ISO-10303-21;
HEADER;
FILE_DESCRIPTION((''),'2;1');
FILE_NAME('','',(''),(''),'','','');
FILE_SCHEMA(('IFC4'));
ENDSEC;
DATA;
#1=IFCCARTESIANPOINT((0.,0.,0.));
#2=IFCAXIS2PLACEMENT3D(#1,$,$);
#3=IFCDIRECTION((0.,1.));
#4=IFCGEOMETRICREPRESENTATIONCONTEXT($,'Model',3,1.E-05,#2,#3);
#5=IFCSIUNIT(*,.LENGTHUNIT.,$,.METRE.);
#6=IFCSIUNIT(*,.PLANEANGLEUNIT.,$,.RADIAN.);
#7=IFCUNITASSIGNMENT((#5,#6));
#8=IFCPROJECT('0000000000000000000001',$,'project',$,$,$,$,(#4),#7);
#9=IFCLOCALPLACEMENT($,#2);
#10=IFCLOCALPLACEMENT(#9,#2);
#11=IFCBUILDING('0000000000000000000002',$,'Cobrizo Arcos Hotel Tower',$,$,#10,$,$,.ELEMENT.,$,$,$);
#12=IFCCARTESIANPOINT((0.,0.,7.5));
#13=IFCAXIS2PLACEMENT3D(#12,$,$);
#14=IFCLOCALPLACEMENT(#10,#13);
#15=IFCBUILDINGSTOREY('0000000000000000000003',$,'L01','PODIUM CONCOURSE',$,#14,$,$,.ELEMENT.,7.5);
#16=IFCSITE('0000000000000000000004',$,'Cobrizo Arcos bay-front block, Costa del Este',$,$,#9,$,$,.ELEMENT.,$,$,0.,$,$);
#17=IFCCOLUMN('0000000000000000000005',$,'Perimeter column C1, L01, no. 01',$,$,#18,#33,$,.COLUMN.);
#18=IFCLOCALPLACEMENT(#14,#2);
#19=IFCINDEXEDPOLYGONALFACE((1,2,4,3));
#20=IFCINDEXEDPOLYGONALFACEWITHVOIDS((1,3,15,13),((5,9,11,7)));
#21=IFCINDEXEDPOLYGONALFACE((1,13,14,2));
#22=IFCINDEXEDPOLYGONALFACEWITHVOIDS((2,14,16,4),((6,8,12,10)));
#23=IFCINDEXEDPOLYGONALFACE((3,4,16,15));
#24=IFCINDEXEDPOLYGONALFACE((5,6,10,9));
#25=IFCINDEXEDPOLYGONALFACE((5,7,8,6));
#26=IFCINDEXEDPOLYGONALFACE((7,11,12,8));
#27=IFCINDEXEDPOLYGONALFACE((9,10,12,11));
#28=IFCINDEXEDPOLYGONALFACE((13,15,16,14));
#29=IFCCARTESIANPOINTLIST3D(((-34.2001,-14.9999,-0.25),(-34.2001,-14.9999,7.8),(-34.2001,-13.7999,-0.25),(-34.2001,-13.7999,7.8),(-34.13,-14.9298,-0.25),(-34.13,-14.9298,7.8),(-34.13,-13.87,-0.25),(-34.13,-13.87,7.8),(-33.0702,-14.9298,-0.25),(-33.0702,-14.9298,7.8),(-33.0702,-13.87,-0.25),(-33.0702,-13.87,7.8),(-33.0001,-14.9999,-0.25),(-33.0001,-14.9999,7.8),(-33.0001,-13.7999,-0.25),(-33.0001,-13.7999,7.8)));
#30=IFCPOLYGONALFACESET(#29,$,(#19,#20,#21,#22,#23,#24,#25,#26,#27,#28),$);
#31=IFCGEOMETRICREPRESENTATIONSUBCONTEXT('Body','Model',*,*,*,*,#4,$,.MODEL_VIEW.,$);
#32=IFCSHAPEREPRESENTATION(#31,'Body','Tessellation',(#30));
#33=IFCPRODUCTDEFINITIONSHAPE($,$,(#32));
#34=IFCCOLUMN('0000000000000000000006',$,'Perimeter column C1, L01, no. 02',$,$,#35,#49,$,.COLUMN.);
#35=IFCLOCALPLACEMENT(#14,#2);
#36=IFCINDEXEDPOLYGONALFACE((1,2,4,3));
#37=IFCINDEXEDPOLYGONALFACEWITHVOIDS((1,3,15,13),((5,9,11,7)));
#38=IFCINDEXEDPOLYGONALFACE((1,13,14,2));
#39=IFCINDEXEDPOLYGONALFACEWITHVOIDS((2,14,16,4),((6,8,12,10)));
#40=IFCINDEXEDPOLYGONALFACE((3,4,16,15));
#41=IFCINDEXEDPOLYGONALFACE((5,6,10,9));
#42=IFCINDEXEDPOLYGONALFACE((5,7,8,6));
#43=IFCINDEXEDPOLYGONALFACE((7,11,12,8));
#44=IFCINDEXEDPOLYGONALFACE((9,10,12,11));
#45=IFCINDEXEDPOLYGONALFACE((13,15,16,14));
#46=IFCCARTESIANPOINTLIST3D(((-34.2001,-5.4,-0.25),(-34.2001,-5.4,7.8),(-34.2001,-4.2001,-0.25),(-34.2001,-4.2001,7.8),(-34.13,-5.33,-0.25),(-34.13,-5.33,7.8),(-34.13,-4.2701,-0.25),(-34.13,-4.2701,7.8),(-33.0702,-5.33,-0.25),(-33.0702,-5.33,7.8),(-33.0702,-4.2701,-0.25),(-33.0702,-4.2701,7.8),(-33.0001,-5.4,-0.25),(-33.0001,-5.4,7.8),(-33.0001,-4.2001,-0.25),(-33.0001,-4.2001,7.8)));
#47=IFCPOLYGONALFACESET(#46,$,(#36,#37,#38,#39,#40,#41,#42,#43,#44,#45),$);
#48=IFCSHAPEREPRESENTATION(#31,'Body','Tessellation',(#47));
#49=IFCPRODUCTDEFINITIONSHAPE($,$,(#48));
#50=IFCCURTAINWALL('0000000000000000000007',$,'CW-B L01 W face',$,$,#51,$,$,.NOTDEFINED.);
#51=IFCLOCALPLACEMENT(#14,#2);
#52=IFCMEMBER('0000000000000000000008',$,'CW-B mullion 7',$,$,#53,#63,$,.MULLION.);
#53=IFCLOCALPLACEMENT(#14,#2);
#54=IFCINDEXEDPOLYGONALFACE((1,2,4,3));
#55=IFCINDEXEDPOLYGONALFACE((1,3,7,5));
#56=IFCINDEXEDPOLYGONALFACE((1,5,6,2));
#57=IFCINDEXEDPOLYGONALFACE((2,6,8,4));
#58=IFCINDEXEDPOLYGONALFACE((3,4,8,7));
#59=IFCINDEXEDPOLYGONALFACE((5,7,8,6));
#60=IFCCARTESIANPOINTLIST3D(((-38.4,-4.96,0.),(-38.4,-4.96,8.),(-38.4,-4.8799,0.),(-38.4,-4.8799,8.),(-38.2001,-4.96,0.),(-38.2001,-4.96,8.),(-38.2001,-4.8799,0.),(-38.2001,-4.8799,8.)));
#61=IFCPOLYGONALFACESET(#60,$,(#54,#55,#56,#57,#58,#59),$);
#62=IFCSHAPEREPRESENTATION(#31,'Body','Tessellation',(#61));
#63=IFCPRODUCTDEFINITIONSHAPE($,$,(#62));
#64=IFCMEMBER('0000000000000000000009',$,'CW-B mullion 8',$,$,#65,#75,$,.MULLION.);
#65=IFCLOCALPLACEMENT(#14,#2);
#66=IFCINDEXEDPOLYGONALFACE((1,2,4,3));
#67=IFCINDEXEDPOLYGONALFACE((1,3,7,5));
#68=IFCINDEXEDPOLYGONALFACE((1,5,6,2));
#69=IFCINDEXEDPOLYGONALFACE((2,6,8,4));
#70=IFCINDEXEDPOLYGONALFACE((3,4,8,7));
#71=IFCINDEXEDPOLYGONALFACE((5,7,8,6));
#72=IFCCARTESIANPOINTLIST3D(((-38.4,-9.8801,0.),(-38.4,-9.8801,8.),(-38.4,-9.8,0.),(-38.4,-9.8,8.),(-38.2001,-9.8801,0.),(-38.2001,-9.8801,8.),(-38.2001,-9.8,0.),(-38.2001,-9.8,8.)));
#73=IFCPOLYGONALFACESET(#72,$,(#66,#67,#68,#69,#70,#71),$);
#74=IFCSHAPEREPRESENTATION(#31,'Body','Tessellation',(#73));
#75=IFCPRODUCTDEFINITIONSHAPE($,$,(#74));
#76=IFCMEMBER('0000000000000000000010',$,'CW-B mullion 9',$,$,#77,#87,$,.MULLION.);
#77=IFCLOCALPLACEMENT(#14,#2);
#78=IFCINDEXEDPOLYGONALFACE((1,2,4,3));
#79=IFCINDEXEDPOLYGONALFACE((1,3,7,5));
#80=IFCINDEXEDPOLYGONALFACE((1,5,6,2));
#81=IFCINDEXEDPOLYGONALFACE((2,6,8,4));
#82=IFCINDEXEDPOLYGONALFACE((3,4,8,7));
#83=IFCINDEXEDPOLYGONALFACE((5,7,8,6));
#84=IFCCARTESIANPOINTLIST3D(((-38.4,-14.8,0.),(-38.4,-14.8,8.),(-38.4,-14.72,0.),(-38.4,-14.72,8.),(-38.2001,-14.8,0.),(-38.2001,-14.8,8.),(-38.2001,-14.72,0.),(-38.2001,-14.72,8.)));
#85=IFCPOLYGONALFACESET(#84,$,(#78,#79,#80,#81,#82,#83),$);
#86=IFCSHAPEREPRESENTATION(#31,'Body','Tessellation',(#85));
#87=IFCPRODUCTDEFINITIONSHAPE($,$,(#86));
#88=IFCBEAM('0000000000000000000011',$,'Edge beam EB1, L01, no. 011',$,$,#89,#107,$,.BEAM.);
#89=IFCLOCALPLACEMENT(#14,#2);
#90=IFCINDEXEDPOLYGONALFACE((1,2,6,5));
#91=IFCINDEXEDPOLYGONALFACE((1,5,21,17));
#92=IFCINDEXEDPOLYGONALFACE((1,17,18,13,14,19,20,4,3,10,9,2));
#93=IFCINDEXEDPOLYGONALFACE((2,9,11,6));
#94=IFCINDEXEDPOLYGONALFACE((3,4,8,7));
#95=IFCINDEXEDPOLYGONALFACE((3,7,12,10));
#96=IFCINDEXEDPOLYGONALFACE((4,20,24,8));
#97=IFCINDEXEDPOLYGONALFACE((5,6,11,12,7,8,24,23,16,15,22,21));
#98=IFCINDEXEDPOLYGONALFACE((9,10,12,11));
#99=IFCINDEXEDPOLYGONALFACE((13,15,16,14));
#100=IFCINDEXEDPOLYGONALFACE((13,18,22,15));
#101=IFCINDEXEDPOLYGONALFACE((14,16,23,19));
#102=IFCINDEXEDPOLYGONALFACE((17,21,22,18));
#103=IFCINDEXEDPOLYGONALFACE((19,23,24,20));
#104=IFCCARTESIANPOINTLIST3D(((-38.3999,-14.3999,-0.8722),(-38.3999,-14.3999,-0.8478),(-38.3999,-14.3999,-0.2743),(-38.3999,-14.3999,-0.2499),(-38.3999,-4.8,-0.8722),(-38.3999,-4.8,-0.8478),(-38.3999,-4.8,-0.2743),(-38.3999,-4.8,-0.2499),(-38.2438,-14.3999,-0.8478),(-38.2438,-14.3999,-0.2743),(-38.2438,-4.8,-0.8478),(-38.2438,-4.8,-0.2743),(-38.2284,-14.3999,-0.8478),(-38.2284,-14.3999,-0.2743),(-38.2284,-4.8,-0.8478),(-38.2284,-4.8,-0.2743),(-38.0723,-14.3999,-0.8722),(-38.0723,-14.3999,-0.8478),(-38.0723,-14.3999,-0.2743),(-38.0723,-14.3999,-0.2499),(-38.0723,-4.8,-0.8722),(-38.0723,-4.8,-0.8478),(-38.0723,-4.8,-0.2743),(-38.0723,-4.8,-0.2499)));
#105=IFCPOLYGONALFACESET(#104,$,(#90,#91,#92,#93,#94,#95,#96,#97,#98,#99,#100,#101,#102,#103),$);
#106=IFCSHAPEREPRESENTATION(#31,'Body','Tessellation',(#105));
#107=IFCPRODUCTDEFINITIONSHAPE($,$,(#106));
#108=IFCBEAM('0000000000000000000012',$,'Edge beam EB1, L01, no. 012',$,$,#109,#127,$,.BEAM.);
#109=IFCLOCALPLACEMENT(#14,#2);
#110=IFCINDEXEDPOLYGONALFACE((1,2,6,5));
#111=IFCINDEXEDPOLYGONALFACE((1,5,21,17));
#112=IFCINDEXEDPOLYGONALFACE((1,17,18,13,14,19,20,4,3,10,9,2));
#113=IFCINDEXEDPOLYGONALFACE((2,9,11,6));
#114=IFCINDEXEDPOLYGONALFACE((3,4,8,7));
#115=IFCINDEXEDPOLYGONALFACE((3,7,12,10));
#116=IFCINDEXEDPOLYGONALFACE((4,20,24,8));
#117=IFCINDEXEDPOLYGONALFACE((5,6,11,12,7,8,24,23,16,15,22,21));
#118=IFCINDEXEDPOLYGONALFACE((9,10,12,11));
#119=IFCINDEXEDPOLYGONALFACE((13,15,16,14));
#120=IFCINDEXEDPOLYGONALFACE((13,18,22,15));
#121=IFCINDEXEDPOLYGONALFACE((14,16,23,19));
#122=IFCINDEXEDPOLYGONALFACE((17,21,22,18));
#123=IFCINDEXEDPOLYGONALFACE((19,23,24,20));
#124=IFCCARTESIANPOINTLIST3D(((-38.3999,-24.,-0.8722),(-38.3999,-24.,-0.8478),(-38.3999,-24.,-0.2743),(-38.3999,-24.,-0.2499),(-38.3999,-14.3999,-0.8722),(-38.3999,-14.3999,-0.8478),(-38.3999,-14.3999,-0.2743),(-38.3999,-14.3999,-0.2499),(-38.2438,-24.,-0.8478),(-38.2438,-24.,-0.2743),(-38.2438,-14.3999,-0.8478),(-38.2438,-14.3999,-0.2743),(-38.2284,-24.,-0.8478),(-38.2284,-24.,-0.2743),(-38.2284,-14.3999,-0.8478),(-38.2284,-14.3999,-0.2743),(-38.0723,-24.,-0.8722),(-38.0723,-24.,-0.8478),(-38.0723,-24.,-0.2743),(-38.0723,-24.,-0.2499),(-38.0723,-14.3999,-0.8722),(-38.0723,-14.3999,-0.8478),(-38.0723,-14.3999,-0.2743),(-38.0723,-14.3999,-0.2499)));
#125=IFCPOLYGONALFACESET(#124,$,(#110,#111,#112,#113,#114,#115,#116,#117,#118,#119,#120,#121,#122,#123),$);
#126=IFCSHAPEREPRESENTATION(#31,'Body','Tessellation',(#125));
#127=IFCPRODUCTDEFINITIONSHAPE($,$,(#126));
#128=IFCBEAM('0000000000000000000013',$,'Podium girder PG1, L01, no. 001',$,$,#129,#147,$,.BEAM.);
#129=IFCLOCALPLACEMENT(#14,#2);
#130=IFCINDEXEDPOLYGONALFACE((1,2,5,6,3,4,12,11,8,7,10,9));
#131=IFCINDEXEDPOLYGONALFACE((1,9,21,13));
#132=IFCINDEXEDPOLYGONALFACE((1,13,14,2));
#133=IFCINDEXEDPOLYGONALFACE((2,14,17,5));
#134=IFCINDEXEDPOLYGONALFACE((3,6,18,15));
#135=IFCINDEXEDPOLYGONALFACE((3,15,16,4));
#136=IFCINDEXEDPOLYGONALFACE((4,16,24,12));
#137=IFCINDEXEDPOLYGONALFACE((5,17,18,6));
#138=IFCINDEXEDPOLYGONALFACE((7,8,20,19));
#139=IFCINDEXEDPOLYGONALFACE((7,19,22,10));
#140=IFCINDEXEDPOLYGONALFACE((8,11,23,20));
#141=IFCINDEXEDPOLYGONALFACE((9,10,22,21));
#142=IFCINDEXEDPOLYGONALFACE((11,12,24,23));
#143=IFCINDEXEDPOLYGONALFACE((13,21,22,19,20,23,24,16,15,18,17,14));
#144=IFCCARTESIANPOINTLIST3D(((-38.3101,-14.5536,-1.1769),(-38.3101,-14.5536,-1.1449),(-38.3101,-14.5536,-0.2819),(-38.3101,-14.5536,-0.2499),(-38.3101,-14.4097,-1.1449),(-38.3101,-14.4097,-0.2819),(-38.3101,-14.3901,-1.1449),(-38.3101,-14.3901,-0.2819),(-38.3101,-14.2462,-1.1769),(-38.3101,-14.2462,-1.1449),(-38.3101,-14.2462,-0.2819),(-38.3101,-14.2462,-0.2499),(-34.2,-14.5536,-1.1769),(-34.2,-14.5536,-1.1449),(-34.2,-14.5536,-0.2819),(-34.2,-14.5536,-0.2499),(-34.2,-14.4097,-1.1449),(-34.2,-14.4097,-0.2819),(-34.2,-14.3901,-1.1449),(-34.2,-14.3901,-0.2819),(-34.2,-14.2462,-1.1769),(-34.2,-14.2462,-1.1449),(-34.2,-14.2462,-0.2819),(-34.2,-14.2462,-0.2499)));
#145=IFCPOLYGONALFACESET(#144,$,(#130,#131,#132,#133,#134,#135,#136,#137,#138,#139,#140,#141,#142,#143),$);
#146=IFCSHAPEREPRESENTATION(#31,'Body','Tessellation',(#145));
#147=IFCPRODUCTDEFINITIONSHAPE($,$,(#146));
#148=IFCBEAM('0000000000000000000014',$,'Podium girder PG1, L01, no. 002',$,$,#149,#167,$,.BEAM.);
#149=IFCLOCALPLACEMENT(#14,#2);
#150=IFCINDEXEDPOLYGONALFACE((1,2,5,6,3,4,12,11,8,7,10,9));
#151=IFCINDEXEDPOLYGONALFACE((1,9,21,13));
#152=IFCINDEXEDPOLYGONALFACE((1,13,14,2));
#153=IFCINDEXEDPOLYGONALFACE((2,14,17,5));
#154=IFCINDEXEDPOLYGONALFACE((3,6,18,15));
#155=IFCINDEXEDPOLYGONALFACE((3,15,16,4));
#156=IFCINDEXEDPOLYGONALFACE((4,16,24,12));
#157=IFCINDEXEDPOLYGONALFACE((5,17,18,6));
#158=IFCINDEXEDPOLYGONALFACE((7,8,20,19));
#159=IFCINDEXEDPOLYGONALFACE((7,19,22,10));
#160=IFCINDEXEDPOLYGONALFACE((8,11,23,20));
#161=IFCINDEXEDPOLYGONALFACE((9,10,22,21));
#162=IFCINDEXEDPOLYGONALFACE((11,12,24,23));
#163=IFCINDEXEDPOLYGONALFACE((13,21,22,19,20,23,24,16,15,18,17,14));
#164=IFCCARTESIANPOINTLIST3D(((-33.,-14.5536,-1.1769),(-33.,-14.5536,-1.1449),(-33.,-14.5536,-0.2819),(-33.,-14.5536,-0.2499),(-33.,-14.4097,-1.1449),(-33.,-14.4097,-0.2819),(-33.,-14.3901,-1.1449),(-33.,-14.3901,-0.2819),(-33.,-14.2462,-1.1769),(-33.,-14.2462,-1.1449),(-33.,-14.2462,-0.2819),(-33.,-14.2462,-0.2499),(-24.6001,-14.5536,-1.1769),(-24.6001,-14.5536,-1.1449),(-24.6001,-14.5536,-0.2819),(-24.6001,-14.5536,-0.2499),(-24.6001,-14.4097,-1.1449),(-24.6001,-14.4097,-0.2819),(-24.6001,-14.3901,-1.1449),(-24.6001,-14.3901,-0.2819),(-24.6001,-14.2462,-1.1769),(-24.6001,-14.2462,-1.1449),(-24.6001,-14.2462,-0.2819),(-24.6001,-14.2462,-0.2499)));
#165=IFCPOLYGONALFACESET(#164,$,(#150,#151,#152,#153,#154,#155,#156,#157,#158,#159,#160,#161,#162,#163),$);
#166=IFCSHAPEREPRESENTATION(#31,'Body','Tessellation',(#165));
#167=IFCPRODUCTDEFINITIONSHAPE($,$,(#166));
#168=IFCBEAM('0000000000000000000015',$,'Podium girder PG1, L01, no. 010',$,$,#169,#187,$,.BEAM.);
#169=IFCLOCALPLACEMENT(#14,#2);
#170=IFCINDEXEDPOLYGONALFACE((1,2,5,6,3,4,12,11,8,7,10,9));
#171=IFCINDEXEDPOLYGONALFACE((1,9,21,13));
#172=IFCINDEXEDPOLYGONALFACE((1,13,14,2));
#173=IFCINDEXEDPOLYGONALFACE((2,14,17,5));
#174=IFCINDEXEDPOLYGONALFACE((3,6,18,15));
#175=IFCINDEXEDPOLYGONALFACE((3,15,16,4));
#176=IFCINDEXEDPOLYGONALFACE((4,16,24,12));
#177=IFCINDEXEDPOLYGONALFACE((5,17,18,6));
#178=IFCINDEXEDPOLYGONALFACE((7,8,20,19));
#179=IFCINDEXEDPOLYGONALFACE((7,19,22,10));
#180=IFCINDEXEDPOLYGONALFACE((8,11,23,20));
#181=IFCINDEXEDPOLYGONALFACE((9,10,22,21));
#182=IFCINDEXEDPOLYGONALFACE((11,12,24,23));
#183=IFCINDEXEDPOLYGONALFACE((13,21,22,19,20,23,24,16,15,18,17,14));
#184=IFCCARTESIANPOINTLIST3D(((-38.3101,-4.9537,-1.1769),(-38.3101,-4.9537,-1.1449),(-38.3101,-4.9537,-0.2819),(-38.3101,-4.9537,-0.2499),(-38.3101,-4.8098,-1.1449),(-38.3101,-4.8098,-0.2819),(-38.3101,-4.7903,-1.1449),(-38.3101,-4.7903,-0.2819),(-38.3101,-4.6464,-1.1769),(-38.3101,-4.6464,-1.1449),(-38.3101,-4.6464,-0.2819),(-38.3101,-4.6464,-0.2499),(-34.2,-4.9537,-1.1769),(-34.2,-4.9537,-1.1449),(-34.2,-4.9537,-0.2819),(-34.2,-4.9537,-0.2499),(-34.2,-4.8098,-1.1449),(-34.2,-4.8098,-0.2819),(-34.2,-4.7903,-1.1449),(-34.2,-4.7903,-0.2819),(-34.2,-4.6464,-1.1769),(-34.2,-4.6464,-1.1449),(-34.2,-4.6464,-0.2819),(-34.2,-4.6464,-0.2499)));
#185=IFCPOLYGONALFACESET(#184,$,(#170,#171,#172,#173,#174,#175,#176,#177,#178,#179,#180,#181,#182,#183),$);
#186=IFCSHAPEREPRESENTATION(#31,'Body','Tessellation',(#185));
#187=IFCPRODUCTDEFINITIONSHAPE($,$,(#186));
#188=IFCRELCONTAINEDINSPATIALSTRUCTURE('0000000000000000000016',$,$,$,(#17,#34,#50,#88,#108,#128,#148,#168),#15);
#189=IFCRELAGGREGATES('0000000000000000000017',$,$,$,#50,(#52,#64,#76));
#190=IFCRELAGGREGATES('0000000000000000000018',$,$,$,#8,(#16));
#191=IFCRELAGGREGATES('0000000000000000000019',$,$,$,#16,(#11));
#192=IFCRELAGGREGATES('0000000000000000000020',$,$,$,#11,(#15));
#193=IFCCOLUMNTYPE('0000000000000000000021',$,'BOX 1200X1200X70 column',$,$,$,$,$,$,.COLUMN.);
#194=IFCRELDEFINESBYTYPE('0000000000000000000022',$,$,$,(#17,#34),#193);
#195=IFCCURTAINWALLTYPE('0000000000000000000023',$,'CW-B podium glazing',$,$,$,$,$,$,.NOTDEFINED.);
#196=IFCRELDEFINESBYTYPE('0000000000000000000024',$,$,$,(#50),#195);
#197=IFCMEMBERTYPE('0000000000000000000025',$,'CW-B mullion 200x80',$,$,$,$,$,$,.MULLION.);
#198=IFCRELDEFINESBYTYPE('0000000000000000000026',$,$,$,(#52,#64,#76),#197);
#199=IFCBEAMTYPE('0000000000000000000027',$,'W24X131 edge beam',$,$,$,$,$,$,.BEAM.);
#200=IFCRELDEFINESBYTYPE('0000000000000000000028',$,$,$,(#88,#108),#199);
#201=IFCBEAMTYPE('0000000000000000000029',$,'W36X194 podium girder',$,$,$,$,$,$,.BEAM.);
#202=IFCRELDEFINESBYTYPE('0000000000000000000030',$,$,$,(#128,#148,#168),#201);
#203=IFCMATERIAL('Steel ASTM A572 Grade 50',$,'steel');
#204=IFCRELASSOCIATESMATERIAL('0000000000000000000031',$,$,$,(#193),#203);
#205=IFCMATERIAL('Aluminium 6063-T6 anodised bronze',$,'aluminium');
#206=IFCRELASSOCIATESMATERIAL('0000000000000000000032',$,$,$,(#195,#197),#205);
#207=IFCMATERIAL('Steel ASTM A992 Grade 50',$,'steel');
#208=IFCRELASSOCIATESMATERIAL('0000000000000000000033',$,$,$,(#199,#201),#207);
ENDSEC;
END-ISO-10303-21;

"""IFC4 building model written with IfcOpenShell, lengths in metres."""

from ifc_helpers import new_model, si_unit, direction, frame, origin, origin_2d, place, context, subcontext, project, spatial, rectangle, hollow_rectangle, i_section, extrude, material, material_profile, profile_set, type_object, element, aggregate, save


model = new_model("IFC4")

# Units and contexts
model_context = context("Model", 3, precision=1e-05, world=origin(), true_north=direction((0.0, 1.0)))
body_context = subcontext(model_context, "Body", "Model", "MODEL_VIEW")
ifc_project = project(units=[si_unit("LENGTHUNIT", "METRE"), si_unit("PLANEANGLEUNIT", "RADIAN")], contexts=[model_context])

# Site, building, storey
site_placement = place(None, origin())
site = spatial("IfcSite", under=ifc_project, at=site_placement, Name="Cobrizo Arcos bay-front block, Costa del Este", CompositionType="ELEMENT", RefElevation=0.0)
building_placement = place(site_placement, origin())
building = spatial("IfcBuilding", under=site, at=building_placement, Name="Cobrizo Arcos Hotel Tower", CompositionType="ELEMENT")
storey_placement = place(building_placement, frame((0.0, 0.0, 7.5)))
storey = spatial("IfcBuildingStorey", under=building, at=storey_placement, Name="L01", Description="PODIUM CONCOURSE", CompositionType="ELEMENT", Elevation=7.5)

# Columns
ifc_material_1 = material(Name="Steel ASTM A572 Grade 50", Category="steel")
ifc_material_profile_1 = material_profile(ifc_material_1, hollow_rectangle(XDim=1.2, YDim=1.2, WallThickness=0.0701, at=origin_2d()), Name="BOX 1200X1200X70")
ifc_profile_set_1 = profile_set([ifc_material_profile_1], Name="Steel ASTM A572 Grade 50")
column_type = type_object("IfcColumnType", Name="BOX 1200X1200X70 column", PredefinedType="COLUMN", material=ifc_profile_set_1)
for number, where, z_axis, x_axis, name in (
    (1, (-33.6001, -14.3999, -0.25), (0.0, 0.0, 1.0), (1.0, 0.0, 0.0), "Perimeter column C1, L01, no. 01"),
    (2, (-33.6001, -4.8, -0.25), (0.0, 0.0, 1.0), (1.0, 0.0, 0.0), "Perimeter column C1, L01, no. 02"),
):
    element("IfcColumn", number, at=place(storey_placement, frame(where, z_axis=z_axis, x_axis=x_axis)), inside=storey, type_object=column_type, Name=name, PredefinedType="COLUMN", context=body_context, shape_type="SweptSolid", body=[
        extrude(hollow_rectangle(XDim=1.2, YDim=1.2, WallThickness=0.0701, at=origin_2d()), origin(), (0.0, 0.0, 1.0), 8.05),
    ])

# Curtain wall, members
ifc_material_2 = material(Name="Aluminium 6063-T6 anodised bronze", Category="aluminium")
curtain_wall_type = type_object("IfcCurtainWallType", Name="CW-B podium glazing", PredefinedType="NOTDEFINED", material=ifc_material_2)
curtain_wall_placement = place(storey_placement, origin())
curtain_wall = element("IfcCurtainWall", 3, at=curtain_wall_placement, inside=storey, type_object=curtain_wall_type, Name="CW-B L01 W face", PredefinedType="NOTDEFINED")
ifc_material_profile_2 = material_profile(ifc_material_2, rectangle(XDim=0.2, YDim=0.0801, at=origin_2d()), Name="CW-B mullion 200x80")
ifc_profile_set_2 = profile_set([ifc_material_profile_2], Name="Aluminium 6063-T6 anodised bronze")
member_type = type_object("IfcMemberType", Name="CW-B mullion 200x80", PredefinedType="MULLION", material=ifc_profile_set_2)
member_1_placement = place(storey_placement, frame((-38.3, -4.9199, 0.0), z_axis=(0.0, 0.0, 1.0), x_axis=(-1.0, 0.0, 0.0)))
member_1 = element("IfcMember", 4, at=member_1_placement, type_object=member_type, Name="CW-B mullion 7", PredefinedType="MULLION", context=body_context, shape_type="SweptSolid", body=[
    extrude(rectangle(XDim=0.2, YDim=0.0801, at=origin_2d()), origin(), (0.0, 0.0, 1.0), 8.0),
])
member_2_placement = place(storey_placement, frame((-38.3, -9.8401, 0.0), z_axis=(0.0, 0.0, 1.0), x_axis=(-1.0, 0.0, 0.0)))
member_2 = element("IfcMember", 5, at=member_2_placement, type_object=member_type, Name="CW-B mullion 8", PredefinedType="MULLION", context=body_context, shape_type="SweptSolid", body=[
    extrude(rectangle(XDim=0.2, YDim=0.0801, at=origin_2d()), origin(), (0.0, 0.0, 1.0), 8.0),
])
member_3_placement = place(storey_placement, frame((-38.3, -14.76, 0.0), z_axis=(0.0, 0.0, 1.0), x_axis=(-1.0, 0.0, 0.0)))
member_3 = element("IfcMember", 6, at=member_3_placement, type_object=member_type, Name="CW-B mullion 9", PredefinedType="MULLION", context=body_context, shape_type="SweptSolid", body=[
    extrude(rectangle(XDim=0.2, YDim=0.0801, at=origin_2d()), origin(), (0.0, 0.0, 1.0), 8.0),
])

# Beams
ifc_material_3 = material(Name="Steel ASTM A992 Grade 50", Category="steel")
ifc_material_profile_3 = material_profile(ifc_material_3, i_section(OverallWidth=0.3276, OverallDepth=0.6223, WebThickness=0.0154, FlangeThickness=0.0244, at=origin_2d()), Name="W24X131")
ifc_profile_set_3 = profile_set([ifc_material_profile_3], Name="Steel ASTM A992 Grade 50")
beam_type_1 = type_object("IfcBeamType", Name="W24X131 edge beam", PredefinedType="BEAM", material=ifc_profile_set_3)
beam_1_placement = place(storey_placement, frame((-38.2361, -4.8, -0.561), z_axis=(0.0, -1.0, 0.0), x_axis=(1.0, 0.0, 0.0)))
element("IfcBeam", 7, at=beam_1_placement, inside=storey, type_object=beam_type_1, Name="Edge beam EB1, L01, no. 011", PredefinedType="BEAM", context=body_context, shape_type="SweptSolid", body=[
    extrude(i_section(OverallWidth=0.3276, OverallDepth=0.6223, WebThickness=0.0154, FlangeThickness=0.0244, at=origin_2d()), origin(), (0.0, 0.0, 1.0), 9.5999),
])
beam_2_placement = place(storey_placement, frame((-38.2361, -14.3999, -0.561), z_axis=(0.0, -1.0, 0.0), x_axis=(1.0, 0.0, 0.0)))
element("IfcBeam", 8, at=beam_2_placement, inside=storey, type_object=beam_type_1, Name="Edge beam EB1, L01, no. 012", PredefinedType="BEAM", context=body_context, shape_type="SweptSolid", body=[
    extrude(i_section(OverallWidth=0.3276, OverallDepth=0.6223, WebThickness=0.0154, FlangeThickness=0.0244, at=origin_2d()), origin(), (0.0, 0.0, 1.0), 9.6001),
])
ifc_material_profile_4 = material_profile(ifc_material_3, i_section(OverallWidth=0.3074, OverallDepth=0.927, WebThickness=0.0195, FlangeThickness=0.032, at=origin_2d()), Name="W36X194")
ifc_profile_set_4 = profile_set([ifc_material_profile_4], Name="Steel ASTM A992 Grade 50")
beam_type_2 = type_object("IfcBeamType", Name="W36X194 podium girder", PredefinedType="BEAM", material=ifc_profile_set_4)
beam_3_placement = place(storey_placement, frame((-38.3101, -14.3999, -0.7134), z_axis=(1.0, 0.0, 0.0), x_axis=(0.0, 1.0, 0.0)))
element("IfcBeam", 9, at=beam_3_placement, inside=storey, type_object=beam_type_2, Name="Podium girder PG1, L01, no. 001", PredefinedType="BEAM", context=body_context, shape_type="SweptSolid", body=[
    extrude(i_section(OverallWidth=0.3074, OverallDepth=0.927, WebThickness=0.0195, FlangeThickness=0.032, at=origin_2d()), origin(), (0.0, 0.0, 1.0), 4.1101),
])
beam_4_placement = place(storey_placement, frame((-33.0, -14.3999, -0.7134), z_axis=(1.0, 0.0, 0.0), x_axis=(0.0, 1.0, 0.0)))
element("IfcBeam", 10, at=beam_4_placement, inside=storey, type_object=beam_type_2, Name="Podium girder PG1, L01, no. 002", PredefinedType="BEAM", context=body_context, shape_type="SweptSolid", body=[
    extrude(i_section(OverallWidth=0.3074, OverallDepth=0.927, WebThickness=0.0195, FlangeThickness=0.032, at=origin_2d()), origin(), (0.0, 0.0, 1.0), 8.3999),
])
beam_5_placement = place(storey_placement, frame((-38.3101, -4.8, -0.7134), z_axis=(1.0, 0.0, 0.0), x_axis=(0.0, 1.0, 0.0)))
element("IfcBeam", 11, at=beam_5_placement, inside=storey, type_object=beam_type_2, Name="Podium girder PG1, L01, no. 010", PredefinedType="BEAM", context=body_context, shape_type="SweptSolid", body=[
    extrude(i_section(OverallWidth=0.3074, OverallDepth=0.927, WebThickness=0.0195, FlangeThickness=0.032, at=origin_2d()), origin(), (0.0, 0.0, 1.0), 4.1101),
])

aggregate(curtain_wall, [member_1, member_2, member_3])

save(model, "model.ifc")
